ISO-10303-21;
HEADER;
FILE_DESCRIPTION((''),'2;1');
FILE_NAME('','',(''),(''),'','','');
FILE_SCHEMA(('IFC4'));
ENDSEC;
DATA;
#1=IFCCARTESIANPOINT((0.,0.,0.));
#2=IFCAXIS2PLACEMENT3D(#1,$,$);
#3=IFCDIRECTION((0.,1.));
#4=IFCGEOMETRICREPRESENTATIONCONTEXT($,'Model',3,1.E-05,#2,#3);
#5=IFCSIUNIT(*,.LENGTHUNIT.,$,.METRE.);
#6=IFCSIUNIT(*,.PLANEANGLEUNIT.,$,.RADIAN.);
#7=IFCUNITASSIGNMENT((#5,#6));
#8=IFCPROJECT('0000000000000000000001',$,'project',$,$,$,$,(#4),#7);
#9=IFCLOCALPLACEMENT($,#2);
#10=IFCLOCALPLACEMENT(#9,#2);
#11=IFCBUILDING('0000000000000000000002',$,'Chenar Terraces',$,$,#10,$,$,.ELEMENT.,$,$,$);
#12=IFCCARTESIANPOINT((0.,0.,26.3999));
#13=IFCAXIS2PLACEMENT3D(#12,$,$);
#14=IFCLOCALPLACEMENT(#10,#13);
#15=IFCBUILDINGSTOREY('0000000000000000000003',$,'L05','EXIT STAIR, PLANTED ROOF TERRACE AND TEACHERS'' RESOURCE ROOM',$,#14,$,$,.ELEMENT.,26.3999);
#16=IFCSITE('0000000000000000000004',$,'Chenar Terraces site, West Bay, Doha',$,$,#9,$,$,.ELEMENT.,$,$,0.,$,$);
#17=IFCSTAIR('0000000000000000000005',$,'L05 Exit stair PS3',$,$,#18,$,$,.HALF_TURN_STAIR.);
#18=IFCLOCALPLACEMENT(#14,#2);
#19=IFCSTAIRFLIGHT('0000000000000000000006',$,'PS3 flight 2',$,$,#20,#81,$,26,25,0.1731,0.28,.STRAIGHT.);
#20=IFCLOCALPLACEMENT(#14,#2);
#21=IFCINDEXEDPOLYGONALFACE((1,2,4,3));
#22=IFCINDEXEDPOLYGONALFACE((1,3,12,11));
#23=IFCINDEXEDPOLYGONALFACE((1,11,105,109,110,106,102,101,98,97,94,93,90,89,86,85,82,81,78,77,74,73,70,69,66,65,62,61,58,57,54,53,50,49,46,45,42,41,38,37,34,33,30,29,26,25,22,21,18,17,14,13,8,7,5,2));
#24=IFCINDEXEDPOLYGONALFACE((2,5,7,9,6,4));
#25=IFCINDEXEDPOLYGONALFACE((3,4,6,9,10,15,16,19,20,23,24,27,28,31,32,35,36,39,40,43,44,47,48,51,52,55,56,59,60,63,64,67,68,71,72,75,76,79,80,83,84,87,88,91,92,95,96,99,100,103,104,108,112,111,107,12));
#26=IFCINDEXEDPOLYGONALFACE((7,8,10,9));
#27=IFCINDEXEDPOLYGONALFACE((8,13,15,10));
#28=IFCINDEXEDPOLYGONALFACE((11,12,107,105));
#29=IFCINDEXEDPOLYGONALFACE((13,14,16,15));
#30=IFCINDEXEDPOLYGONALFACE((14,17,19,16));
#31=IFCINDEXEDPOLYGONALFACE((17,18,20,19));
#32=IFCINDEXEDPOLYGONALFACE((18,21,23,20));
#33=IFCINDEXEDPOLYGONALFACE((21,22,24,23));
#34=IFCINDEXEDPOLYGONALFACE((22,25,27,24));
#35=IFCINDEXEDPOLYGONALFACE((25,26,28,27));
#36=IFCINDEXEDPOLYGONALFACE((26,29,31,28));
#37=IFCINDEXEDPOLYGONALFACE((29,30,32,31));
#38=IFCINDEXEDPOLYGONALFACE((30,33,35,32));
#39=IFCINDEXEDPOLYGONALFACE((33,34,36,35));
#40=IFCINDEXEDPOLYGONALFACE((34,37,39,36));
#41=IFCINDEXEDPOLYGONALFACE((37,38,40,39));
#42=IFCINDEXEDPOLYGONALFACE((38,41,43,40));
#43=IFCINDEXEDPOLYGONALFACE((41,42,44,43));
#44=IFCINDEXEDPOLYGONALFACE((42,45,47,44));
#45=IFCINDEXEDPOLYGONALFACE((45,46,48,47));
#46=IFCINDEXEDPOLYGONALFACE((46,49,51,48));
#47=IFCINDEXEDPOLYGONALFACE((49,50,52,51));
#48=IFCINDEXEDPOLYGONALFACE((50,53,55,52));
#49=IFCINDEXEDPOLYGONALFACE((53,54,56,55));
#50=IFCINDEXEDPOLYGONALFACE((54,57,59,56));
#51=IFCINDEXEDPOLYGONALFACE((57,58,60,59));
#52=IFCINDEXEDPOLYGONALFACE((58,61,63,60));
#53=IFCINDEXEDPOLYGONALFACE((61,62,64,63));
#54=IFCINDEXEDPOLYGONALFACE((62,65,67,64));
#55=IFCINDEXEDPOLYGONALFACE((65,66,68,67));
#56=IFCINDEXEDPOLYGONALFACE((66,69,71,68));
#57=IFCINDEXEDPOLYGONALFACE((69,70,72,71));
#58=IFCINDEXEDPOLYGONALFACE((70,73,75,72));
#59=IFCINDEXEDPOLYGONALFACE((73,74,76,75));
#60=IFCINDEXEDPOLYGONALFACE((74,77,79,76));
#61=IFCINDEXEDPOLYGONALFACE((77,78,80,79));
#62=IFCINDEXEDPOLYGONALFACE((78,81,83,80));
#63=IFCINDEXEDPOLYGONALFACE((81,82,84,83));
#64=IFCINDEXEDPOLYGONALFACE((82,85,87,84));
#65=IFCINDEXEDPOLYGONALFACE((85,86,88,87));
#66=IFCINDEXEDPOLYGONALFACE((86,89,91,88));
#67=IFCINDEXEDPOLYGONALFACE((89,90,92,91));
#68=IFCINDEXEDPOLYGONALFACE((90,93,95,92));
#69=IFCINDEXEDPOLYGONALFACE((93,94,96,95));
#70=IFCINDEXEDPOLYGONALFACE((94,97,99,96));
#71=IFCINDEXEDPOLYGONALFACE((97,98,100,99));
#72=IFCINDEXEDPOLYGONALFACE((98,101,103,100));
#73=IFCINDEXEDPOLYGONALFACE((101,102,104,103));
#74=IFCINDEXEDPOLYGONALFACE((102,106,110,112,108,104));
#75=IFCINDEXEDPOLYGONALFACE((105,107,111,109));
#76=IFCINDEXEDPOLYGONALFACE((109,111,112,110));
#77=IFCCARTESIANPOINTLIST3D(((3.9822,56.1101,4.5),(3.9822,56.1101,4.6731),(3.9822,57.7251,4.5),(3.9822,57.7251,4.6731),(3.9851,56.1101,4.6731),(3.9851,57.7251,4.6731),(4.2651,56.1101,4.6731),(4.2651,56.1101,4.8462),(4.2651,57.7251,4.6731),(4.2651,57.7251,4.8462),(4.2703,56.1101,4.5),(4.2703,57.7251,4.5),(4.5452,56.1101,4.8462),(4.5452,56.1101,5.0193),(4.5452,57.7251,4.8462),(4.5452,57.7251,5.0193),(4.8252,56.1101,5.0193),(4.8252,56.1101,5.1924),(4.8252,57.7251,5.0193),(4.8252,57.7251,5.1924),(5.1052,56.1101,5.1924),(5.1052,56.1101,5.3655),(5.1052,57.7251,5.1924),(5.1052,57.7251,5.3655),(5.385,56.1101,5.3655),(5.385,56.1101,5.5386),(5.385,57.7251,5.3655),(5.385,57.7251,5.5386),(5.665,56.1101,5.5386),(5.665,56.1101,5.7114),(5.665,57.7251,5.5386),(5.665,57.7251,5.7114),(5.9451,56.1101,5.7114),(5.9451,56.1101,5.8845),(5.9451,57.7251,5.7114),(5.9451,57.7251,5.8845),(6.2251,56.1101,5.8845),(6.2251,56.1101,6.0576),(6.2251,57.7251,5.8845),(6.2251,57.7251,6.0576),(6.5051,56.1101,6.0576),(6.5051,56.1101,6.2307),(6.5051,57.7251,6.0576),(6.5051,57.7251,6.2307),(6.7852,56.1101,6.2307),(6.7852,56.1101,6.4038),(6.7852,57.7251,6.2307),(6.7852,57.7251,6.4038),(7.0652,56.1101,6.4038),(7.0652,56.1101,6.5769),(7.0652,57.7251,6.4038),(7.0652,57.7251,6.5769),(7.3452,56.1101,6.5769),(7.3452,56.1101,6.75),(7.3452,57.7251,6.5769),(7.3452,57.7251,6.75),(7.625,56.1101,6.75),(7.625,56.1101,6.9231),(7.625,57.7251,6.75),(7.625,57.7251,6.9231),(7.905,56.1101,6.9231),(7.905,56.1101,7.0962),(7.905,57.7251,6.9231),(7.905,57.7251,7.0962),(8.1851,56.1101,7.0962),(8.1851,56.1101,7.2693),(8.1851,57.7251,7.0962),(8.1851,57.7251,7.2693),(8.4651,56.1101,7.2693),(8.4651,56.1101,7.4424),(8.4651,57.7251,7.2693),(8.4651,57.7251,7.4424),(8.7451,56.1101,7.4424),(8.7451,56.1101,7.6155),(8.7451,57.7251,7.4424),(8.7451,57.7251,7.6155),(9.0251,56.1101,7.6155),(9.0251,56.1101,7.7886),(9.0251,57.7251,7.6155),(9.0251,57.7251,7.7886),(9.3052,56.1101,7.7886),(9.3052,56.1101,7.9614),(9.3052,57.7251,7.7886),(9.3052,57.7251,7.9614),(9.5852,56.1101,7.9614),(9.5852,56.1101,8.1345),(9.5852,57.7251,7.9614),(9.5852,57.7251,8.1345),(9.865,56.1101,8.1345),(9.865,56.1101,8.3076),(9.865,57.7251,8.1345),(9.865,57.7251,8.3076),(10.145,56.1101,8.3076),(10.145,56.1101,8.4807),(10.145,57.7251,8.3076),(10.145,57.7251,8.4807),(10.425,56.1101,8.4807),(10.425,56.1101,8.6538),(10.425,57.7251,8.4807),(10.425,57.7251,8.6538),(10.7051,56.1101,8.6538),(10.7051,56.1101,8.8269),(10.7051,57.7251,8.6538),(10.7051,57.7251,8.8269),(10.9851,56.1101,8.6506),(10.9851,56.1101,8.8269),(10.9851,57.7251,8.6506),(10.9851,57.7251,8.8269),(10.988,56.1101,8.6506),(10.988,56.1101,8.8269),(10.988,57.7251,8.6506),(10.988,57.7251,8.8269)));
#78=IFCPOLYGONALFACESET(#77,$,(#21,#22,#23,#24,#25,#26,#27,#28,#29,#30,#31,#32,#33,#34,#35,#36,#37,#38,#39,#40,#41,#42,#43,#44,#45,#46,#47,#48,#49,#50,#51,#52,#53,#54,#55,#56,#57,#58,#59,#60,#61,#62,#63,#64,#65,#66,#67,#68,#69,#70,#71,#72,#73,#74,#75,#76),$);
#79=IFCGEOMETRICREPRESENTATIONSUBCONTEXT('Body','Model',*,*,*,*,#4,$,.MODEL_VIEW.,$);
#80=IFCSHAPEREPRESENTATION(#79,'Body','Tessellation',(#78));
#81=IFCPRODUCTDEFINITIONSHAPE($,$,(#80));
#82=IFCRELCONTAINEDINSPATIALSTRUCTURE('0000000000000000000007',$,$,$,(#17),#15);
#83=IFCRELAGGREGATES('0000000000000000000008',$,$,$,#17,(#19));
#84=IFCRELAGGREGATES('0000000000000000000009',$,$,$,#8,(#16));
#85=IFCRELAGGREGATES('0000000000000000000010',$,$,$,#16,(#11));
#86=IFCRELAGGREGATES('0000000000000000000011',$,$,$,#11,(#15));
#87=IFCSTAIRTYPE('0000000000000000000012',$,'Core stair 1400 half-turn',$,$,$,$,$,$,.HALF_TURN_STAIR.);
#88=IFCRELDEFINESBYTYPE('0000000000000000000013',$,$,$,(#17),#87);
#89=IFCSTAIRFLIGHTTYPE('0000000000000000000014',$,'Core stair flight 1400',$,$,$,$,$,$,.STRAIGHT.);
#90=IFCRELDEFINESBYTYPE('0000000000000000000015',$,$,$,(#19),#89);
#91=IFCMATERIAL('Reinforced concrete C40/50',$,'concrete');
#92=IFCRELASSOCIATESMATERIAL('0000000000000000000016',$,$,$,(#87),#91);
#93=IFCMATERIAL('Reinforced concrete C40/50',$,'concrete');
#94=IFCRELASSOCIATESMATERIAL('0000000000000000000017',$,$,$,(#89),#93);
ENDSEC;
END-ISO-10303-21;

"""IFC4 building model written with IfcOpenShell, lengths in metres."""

from ifc_helpers import new_model, si_unit, direction, frame, origin, place, context, subcontext, project, spatial, polyline, outline, extrude, material, type_object, element, aggregate, save


model = new_model("IFC4")

# Units and contexts
model_context = context("Model", 3, precision=1e-05, world=origin(), true_north=direction((0.0, 1.0)))
body_context = subcontext(model_context, "Body", "Model", "MODEL_VIEW")
ifc_project = project(units=[si_unit("LENGTHUNIT", "METRE"), si_unit("PLANEANGLEUNIT", "RADIAN")], contexts=[model_context])

# Site, building, storey
site_placement = place(None, origin())
site = spatial("IfcSite", under=ifc_project, at=site_placement, Name="Chenar Terraces site, West Bay, Doha", CompositionType="ELEMENT", RefElevation=0.0)
building_placement = place(site_placement, origin())
building = spatial("IfcBuilding", under=site, at=building_placement, Name="Chenar Terraces", CompositionType="ELEMENT")
storey_placement = place(building_placement, frame((0.0, 0.0, 26.3999)))
storey = spatial("IfcBuildingStorey", under=building, at=storey_placement, Name="L05", Description="EXIT STAIR, PLANTED ROOF TERRACE AND TEACHERS' RESOURCE ROOM", CompositionType="ELEMENT", Elevation=26.3999)

# Shared definitions
placement = place(storey_placement, origin())

# Stair, stair flight
ifc_material_1 = material(Name="Reinforced concrete C40/50", Category="concrete")
stair_type = type_object("IfcStairType", Name="Core stair 1400 half-turn", PredefinedType="HALF_TURN_STAIR", material=ifc_material_1)
stair = element("IfcStair", 1, at=placement, inside=storey, type_object=stair_type, Name="L05 Exit stair PS3", PredefinedType="HALF_TURN_STAIR")
ifc_material_2 = material(Name="Reinforced concrete C40/50", Category="concrete")
stair_flight_type = type_object("IfcStairFlightType", Name="Core stair flight 1400", PredefinedType="STRAIGHT", material=ifc_material_2)
stair_flight_1_placement = place(storey_placement, frame((3.9851, 56.9175, 4.5), z_axis=(0.0, 0.0, 1.0), x_axis=(1.0, 0.0, 0.0)))
stair_flight_1 = element("IfcStairFlight", 2, at=stair_flight_1_placement, type_object=stair_flight_type, Name="PS3 flight 2", NumberOfRisers=26, NumberOfTreads=25, PredefinedType="STRAIGHT", RiserHeight=0.1731, TreadLength=0.28, context=body_context, shape_type="SweptSolid", body=[
    extrude(outline(polyline([(-0.0029, 0.0), (-0.0029, 0.1731), (0.0, 0.1731), (0.28, 0.1731), (0.28, 0.3462), (0.5601, 0.3462), (0.5601, 0.5193), (0.8401, 0.5193), (0.8401, 0.6924), (1.1201, 0.6924), (1.1201, 0.8655), (1.3999, 0.8655), (1.3999, 1.0386), (1.6799, 1.0386), (1.6799, 1.2114), (1.96, 1.2114), (1.96, 1.3845), (2.24, 1.3845), (2.24, 1.5576), (2.52, 1.5576), (2.52, 1.7307), (2.8, 1.7307), (2.8, 1.9038), (3.0801, 1.9038), (3.0801, 2.0769), (3.3601, 2.0769), (3.3601, 2.25), (3.6399, 2.25), (3.6399, 2.4231), (3.9199, 2.4231), (3.9199, 2.5962), (4.2, 2.5962), (4.2, 2.7693), (4.48, 2.7693), (4.48, 2.9424), (4.76, 2.9424), (4.76, 3.1155), (5.04, 3.1155), (5.04, 3.2886), (5.3201, 3.2886), (5.3201, 3.4614), (5.6001, 3.4614), (5.6001, 3.6345), (5.8799, 3.6345), (5.8799, 3.8076), (6.1599, 3.8076), (6.1599, 3.9807), (6.4399, 3.9807), (6.4399, 4.1538), (6.72, 4.1538), (6.72, 4.3269), (7.0, 4.3269), (7.0029, 4.3269), (7.0029, 4.1506), (7.0, 4.1506), (0.2852, 0.0), (-0.0029, 0.0)])), frame((0.0, 0.8076, 0.0), z_axis=(0.0, -1.0, 0.0), x_axis=(1.0, 0.0, 0.0)), (0.0, 0.0, 1.0), 1.615),
])
aggregate(stair, [stair_flight_1])

save(model, "model.ifc")
